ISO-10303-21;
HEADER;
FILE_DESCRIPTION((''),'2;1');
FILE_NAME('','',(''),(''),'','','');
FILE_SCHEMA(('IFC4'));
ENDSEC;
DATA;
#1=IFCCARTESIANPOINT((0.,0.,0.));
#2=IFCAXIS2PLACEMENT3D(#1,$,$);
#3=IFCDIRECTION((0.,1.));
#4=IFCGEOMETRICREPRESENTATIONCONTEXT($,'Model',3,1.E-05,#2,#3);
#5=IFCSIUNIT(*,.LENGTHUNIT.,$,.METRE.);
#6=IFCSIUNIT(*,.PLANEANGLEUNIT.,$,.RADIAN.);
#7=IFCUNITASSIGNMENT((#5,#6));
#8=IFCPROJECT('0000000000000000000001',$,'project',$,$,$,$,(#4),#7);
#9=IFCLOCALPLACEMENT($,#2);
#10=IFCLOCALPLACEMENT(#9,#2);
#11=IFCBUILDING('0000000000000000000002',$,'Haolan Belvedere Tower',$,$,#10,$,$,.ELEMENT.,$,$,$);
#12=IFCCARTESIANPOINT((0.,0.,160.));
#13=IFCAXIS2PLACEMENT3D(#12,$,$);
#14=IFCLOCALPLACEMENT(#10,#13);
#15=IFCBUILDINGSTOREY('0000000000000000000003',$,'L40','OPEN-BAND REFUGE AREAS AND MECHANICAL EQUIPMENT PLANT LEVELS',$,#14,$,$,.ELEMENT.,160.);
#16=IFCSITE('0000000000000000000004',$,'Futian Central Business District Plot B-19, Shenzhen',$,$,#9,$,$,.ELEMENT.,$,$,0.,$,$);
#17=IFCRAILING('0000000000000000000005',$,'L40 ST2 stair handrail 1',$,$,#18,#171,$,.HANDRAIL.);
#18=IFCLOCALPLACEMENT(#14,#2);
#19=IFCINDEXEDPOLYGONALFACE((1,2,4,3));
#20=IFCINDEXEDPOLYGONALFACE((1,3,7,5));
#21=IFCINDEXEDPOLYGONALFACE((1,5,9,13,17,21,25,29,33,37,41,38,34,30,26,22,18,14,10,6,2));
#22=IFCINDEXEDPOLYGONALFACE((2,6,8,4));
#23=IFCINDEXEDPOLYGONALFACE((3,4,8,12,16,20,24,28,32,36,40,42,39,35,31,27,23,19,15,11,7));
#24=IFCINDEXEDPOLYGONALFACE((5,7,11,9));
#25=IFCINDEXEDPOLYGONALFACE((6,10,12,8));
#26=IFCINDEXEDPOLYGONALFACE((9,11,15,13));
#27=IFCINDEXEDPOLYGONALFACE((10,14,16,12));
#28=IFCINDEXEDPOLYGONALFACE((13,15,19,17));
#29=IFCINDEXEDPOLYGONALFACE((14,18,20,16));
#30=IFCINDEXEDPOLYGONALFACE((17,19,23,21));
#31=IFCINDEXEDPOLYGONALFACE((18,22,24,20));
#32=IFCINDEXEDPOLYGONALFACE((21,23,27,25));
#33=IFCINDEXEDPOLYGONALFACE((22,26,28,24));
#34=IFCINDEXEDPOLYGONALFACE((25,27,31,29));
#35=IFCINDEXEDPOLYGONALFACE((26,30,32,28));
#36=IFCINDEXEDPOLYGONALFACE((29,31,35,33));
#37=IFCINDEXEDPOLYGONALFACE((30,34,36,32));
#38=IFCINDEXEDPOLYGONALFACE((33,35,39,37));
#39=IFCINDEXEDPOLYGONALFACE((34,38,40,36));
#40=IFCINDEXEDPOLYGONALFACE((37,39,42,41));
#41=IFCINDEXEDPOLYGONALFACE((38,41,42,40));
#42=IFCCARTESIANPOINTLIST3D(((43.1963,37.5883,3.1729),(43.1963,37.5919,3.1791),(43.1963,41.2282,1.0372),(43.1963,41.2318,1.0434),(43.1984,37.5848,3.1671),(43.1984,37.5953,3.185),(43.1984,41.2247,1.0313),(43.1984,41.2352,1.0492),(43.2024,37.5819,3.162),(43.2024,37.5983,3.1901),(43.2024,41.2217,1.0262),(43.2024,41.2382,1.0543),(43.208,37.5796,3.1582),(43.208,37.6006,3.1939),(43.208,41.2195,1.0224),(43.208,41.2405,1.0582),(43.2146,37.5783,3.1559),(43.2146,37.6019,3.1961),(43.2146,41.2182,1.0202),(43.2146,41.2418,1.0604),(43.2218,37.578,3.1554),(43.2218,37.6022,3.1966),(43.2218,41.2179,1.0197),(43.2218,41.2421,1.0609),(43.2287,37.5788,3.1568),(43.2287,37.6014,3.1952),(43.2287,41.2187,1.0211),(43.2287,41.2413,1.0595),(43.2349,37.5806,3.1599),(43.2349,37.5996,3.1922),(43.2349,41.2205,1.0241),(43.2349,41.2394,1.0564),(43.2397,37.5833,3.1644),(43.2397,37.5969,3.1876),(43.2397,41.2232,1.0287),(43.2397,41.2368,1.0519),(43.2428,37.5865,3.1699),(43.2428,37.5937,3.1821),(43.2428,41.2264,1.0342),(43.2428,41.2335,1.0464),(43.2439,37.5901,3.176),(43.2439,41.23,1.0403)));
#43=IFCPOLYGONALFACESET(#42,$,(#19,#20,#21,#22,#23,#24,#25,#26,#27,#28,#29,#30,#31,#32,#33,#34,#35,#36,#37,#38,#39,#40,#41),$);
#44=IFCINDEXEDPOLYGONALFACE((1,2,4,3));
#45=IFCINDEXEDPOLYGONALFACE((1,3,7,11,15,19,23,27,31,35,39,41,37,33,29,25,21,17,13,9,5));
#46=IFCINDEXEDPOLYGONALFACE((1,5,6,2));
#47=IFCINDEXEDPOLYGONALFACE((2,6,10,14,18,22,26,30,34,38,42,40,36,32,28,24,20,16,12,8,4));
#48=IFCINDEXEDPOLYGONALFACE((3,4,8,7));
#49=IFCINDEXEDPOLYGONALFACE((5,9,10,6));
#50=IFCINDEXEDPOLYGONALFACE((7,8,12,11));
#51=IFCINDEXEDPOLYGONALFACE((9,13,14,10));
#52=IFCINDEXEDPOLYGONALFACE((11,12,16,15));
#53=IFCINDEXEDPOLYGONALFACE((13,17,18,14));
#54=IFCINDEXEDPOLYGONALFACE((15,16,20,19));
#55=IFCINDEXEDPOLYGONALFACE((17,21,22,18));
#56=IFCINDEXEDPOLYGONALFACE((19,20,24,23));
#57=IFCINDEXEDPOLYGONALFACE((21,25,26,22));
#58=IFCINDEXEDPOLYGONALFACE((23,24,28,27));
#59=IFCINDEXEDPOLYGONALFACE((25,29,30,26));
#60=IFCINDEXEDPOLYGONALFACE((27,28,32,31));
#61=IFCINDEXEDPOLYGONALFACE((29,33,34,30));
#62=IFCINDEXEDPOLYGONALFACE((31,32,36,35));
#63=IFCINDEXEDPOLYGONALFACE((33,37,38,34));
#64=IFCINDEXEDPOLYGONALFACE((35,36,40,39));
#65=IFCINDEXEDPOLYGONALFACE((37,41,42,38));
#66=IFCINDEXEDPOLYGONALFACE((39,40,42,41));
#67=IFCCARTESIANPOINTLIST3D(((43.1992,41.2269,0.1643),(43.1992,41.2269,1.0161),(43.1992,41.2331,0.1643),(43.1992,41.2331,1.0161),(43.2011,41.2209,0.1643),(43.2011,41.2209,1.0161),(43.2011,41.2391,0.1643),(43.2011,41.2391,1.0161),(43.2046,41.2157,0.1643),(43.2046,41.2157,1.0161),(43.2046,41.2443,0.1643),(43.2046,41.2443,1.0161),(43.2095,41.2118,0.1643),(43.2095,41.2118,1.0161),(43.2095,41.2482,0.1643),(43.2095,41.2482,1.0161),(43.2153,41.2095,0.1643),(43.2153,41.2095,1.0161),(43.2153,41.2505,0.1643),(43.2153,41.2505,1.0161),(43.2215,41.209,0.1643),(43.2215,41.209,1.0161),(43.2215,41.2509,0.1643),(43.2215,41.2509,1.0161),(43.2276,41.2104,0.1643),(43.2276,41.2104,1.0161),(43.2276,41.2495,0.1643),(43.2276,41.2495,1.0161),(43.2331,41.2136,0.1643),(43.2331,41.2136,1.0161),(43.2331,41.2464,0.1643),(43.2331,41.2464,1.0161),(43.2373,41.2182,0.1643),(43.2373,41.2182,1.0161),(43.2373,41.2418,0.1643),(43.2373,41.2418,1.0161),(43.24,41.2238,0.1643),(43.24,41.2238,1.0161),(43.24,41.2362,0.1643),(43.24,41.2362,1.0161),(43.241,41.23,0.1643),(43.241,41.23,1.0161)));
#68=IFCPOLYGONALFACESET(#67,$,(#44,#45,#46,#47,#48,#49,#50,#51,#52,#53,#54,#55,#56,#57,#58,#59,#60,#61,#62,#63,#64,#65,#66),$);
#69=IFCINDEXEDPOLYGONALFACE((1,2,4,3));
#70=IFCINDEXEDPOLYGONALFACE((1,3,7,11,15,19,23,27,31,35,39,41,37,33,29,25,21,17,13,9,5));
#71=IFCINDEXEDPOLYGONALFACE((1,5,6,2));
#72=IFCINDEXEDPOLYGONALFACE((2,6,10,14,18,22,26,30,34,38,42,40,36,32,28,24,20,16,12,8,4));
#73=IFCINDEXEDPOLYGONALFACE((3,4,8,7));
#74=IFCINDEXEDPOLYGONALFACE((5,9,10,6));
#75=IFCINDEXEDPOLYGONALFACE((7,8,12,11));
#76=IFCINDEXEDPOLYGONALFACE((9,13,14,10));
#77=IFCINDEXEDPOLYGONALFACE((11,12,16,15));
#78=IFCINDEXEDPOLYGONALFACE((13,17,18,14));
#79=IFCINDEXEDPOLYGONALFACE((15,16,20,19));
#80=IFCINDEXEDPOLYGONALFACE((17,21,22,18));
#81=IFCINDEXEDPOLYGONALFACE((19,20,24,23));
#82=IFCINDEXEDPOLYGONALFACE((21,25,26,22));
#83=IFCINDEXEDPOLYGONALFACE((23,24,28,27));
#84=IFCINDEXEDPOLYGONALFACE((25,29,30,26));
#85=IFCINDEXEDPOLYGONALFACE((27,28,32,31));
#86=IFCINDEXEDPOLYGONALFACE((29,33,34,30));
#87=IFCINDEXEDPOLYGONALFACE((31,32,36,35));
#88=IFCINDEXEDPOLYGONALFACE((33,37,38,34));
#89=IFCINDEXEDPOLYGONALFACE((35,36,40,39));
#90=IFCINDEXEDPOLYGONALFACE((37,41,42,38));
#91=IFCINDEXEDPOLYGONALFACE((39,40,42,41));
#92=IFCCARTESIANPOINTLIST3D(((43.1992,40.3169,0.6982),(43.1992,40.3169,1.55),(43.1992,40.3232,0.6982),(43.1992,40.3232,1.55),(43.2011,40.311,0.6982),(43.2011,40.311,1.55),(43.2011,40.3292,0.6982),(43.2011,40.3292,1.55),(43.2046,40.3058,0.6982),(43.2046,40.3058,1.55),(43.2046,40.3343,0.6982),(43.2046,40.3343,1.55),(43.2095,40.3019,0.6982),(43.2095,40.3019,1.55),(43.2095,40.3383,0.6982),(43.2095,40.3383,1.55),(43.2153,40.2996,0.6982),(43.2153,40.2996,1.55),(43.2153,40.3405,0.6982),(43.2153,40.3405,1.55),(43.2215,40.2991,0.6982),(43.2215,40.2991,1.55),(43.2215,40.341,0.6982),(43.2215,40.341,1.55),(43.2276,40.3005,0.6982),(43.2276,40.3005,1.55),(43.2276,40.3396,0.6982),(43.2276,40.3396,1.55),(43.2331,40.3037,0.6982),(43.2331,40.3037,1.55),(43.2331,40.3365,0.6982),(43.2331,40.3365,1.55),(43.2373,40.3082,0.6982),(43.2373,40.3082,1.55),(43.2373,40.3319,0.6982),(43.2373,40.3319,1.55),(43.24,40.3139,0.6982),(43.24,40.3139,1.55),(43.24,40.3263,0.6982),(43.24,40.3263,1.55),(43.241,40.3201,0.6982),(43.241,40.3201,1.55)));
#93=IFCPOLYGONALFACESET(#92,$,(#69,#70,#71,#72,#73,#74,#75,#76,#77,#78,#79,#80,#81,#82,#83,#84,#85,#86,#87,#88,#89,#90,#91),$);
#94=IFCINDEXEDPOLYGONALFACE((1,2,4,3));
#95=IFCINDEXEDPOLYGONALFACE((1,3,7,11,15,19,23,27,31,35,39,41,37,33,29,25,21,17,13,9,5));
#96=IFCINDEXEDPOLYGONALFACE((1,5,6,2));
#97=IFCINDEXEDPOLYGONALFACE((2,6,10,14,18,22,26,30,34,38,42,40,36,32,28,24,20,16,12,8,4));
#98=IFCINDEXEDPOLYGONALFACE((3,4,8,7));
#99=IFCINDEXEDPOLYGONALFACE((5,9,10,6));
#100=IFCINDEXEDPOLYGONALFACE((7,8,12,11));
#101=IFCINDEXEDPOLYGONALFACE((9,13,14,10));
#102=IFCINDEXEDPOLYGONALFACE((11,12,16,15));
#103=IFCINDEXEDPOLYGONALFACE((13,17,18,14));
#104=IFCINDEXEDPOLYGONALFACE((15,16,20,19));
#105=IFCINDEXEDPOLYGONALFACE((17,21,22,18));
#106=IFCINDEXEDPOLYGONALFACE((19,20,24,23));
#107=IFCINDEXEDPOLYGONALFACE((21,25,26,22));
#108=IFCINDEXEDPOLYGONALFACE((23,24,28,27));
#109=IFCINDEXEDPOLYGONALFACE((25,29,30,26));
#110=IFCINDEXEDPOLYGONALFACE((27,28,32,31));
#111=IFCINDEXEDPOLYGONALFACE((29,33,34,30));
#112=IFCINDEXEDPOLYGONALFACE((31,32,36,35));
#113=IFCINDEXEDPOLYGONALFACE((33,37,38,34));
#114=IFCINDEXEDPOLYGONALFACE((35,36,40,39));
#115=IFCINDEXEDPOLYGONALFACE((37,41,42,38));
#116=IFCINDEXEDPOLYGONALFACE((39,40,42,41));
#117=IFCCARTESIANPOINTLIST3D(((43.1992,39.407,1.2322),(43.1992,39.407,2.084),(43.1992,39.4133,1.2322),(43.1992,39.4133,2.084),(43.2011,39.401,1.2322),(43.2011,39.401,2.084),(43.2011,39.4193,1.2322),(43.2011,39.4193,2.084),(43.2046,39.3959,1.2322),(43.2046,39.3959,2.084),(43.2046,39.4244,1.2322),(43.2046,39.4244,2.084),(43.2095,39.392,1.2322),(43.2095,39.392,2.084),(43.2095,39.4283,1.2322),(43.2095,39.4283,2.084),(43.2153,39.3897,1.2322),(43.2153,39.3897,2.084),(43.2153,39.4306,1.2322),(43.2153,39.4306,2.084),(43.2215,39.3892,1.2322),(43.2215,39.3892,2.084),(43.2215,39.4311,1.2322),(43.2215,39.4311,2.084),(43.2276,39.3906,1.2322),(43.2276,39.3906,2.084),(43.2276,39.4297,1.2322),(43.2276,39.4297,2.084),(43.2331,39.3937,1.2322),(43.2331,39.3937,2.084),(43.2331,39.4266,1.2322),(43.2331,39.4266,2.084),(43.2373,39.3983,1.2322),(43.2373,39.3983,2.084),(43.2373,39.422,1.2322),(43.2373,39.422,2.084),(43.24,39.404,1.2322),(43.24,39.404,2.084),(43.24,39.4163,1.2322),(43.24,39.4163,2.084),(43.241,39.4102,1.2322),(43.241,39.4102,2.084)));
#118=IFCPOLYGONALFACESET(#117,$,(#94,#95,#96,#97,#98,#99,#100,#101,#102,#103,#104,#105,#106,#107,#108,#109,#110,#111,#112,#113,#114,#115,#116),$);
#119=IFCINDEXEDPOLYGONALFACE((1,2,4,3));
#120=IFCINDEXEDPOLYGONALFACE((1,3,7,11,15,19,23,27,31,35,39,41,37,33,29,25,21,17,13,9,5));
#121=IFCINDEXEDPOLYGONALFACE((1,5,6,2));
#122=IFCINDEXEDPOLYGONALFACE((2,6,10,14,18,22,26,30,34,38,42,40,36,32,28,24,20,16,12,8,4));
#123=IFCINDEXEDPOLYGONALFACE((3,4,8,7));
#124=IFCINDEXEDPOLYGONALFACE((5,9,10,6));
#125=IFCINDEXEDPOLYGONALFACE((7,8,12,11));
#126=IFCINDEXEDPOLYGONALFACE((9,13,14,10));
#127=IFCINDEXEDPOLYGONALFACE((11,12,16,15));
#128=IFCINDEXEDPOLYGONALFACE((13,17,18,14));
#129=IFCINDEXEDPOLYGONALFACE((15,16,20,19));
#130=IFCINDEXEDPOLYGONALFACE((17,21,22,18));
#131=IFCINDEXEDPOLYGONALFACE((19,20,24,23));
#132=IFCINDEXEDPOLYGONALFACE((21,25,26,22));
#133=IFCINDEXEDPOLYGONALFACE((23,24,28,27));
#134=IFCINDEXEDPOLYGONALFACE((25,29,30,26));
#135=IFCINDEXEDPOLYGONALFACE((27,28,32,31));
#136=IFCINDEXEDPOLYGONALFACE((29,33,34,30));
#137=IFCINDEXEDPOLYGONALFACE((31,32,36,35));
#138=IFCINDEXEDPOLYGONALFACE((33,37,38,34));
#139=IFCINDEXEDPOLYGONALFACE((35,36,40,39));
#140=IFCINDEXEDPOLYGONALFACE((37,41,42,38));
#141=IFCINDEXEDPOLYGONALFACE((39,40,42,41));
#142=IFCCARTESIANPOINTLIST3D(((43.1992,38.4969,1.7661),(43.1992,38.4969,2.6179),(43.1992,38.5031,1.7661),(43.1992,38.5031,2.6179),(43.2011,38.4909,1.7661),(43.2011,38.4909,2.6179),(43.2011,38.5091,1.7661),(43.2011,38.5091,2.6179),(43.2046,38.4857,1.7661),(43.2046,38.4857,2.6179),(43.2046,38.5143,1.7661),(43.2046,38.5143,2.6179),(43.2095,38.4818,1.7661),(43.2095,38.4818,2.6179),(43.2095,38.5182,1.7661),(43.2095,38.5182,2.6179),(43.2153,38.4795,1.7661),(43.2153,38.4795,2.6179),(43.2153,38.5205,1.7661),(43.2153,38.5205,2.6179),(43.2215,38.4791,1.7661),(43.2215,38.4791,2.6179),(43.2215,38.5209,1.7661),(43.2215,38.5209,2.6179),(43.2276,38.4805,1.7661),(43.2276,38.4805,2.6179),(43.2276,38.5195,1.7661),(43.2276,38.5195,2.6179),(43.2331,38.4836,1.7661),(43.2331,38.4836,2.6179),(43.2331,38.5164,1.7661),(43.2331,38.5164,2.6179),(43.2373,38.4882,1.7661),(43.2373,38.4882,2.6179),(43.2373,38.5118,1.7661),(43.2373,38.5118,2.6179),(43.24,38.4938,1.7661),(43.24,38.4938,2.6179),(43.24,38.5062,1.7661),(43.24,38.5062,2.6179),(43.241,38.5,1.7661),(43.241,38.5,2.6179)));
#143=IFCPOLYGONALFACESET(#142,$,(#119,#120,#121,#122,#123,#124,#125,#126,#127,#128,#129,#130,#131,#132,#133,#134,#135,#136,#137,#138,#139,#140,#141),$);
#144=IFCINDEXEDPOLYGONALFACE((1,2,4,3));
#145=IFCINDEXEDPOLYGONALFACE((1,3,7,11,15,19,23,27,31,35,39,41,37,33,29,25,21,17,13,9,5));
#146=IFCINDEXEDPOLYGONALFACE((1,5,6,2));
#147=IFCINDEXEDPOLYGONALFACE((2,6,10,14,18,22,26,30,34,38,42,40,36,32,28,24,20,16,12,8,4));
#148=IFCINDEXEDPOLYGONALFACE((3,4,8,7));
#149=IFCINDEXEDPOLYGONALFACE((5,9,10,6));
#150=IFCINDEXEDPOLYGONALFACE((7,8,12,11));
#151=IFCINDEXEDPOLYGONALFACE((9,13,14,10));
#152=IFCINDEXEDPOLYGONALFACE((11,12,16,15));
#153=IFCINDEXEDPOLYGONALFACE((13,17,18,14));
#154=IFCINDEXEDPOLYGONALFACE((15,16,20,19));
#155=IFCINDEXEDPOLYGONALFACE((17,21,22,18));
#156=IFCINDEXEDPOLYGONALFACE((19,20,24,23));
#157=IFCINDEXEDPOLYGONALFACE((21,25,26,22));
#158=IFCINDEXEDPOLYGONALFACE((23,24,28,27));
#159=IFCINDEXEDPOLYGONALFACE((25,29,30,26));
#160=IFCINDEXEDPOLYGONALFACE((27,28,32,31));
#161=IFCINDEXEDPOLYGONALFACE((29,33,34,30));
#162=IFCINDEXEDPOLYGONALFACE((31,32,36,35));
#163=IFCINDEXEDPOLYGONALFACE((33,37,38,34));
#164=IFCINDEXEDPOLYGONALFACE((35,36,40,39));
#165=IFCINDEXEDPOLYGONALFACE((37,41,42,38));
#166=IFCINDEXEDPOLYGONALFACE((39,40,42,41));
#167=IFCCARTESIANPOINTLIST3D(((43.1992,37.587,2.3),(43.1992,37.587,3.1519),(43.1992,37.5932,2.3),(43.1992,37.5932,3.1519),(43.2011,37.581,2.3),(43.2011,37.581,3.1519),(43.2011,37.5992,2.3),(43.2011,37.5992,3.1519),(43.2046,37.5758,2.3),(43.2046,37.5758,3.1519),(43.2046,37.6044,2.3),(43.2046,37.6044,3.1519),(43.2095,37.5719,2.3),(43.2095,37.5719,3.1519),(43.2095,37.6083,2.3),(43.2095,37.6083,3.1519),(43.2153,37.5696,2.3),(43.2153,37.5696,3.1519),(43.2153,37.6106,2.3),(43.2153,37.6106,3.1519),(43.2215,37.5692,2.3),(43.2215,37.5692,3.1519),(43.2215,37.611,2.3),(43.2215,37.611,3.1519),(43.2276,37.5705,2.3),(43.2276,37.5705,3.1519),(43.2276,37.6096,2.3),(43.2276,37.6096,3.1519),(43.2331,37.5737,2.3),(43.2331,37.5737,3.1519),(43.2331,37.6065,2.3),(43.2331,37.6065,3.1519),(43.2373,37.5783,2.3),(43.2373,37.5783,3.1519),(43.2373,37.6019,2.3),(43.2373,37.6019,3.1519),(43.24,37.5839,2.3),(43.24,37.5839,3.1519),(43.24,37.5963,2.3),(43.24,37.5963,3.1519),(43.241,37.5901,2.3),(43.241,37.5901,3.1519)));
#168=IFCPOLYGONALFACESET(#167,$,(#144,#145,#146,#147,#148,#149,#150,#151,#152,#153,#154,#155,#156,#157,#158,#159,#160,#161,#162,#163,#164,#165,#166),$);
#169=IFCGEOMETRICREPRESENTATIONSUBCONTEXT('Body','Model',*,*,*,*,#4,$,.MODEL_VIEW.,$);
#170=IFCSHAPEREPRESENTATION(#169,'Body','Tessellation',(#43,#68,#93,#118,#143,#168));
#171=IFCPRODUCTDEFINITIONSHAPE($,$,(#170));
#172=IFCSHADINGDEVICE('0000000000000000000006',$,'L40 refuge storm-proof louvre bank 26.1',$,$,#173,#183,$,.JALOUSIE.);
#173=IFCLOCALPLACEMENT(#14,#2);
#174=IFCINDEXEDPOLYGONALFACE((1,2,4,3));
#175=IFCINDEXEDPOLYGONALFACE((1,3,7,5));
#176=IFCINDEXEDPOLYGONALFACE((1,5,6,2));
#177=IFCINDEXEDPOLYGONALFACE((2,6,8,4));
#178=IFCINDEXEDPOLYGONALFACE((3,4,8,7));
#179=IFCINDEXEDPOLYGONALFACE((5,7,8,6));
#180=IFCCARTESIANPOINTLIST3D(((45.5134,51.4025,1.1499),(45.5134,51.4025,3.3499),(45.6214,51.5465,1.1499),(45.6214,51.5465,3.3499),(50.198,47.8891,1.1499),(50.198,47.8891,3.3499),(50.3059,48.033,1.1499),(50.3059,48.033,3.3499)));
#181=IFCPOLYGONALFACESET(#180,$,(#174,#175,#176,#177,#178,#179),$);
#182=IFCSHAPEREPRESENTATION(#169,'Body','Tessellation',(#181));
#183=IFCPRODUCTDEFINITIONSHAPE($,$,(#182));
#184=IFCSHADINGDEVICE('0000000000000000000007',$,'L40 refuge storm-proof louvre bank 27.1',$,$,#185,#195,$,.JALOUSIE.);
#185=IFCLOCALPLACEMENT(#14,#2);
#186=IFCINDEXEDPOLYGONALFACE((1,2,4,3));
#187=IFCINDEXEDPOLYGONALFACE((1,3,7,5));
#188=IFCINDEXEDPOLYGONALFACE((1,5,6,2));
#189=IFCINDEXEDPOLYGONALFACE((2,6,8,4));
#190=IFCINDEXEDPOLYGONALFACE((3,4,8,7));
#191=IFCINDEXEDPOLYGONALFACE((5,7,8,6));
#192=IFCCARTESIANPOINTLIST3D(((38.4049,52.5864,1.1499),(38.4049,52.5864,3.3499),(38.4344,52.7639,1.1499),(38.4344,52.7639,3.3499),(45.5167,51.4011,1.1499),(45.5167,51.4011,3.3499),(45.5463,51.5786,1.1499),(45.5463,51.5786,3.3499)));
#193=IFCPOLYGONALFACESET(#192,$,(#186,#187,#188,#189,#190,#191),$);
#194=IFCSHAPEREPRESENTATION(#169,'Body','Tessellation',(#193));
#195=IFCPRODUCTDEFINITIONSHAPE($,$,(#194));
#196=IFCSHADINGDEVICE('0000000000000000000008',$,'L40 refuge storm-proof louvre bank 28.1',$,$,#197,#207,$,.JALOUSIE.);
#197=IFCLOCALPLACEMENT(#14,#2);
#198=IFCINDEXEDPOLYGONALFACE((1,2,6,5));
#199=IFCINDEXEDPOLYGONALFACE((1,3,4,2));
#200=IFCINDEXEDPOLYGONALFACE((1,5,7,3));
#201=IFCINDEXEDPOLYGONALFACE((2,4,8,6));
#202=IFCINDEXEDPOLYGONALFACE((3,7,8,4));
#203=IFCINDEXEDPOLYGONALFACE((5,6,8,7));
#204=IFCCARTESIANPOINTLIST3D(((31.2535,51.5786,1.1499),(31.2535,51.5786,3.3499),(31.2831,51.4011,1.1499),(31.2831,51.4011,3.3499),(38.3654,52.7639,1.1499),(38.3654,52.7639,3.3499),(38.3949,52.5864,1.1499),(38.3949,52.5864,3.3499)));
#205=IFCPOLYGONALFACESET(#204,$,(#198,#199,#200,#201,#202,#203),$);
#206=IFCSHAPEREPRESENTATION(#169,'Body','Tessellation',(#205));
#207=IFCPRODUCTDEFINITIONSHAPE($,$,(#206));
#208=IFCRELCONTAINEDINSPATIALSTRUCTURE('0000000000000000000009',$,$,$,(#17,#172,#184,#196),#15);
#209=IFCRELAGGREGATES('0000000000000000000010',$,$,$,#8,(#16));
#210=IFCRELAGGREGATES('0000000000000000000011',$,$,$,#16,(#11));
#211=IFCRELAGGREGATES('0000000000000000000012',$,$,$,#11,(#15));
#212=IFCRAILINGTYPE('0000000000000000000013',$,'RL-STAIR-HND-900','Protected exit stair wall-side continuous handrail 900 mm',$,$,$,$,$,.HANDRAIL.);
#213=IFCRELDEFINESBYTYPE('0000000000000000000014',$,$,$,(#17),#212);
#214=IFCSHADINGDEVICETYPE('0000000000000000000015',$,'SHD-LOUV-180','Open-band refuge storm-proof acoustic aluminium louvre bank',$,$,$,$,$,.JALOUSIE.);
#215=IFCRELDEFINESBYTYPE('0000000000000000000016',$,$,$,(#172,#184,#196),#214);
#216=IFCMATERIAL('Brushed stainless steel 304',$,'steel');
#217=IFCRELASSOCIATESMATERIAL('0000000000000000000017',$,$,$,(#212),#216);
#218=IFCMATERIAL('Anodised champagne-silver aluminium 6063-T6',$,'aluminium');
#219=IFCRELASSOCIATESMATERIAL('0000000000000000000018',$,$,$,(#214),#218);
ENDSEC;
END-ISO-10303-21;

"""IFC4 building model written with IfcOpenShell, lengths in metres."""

from ifc_helpers import new_model, si_unit, direction, frame, origin, origin_2d, place, context, subcontext, project, spatial, rectangle, circle, extrude, material, type_object, element, save


model = new_model("IFC4")

# Units and contexts
model_context = context("Model", 3, precision=1e-05, world=origin(), true_north=direction((0.0, 1.0)))
body_context = subcontext(model_context, "Body", "Model", "MODEL_VIEW")
ifc_project = project(units=[si_unit("LENGTHUNIT", "METRE"), si_unit("PLANEANGLEUNIT", "RADIAN")], contexts=[model_context])

# Site, building, storey
site_placement = place(None, origin())
site = spatial("IfcSite", under=ifc_project, at=site_placement, Name="Futian Central Business District Plot B-19, Shenzhen", CompositionType="ELEMENT", RefElevation=0.0)
building_placement = place(site_placement, origin())
building = spatial("IfcBuilding", under=site, at=building_placement, Name="Haolan Belvedere Tower", CompositionType="ELEMENT")
storey_placement = place(building_placement, frame((0.0, 0.0, 160.0)))
storey = spatial("IfcBuildingStorey", under=building, at=storey_placement, Name="L40", Description="OPEN-BAND REFUGE AREAS AND MECHANICAL EQUIPMENT PLANT LEVELS", CompositionType="ELEMENT", Elevation=160.0)

# Railing
ifc_material_1 = material(Name="Brushed stainless steel 304", Category="steel")
railing_type_1 = type_object("IfcRailingType", Name="RL-STAIR-HND-900", Description="Protected exit stair wall-side continuous handrail 900 mm", PredefinedType="HANDRAIL", material=ifc_material_1)
railing_1_placement = place(storey_placement, frame((43.22, 41.23, 0.1643)))
element("IfcRailing", 1, at=railing_1_placement, inside=storey, type_object=railing_type_1, Name="L40 ST2 stair handrail 1", PredefinedType="HANDRAIL", context=body_context, shape_type="SweptSolid", body=[
    extrude(circle(Radius=0.0239, at=origin_2d()), frame((0.0, 0.0, 0.876), z_axis=(0.0, -0.86249, 0.506074), x_axis=(1.0, 0.0, 0.0)), (0.0, 0.0, 1.0), 4.2202),
    extrude(circle(Radius=0.021, at=origin_2d()), origin(), (0.0, 0.0, 1.0), 0.8518),
    extrude(circle(Radius=0.021, at=origin_2d()), frame((0.0, -0.9099, 0.5339)), (0.0, 0.0, 1.0), 0.8518),
    extrude(circle(Radius=0.021, at=origin_2d()), frame((0.0, -1.8198, 1.0679)), (0.0, 0.0, 1.0), 0.8518),
    extrude(circle(Radius=0.021, at=origin_2d()), frame((0.0, -2.73, 1.6018)), (0.0, 0.0, 1.0), 0.8518),
    extrude(circle(Radius=0.021, at=origin_2d()), frame((0.0, -3.6399, 2.1357)), (0.0, 0.0, 1.0), 0.8518),
])

# Shading devices
ifc_material_2 = material(Name="Anodised champagne-silver aluminium 6063-T6", Category="aluminium")
shading_device_type = type_object("IfcShadingDeviceType", Name="SHD-LOUV-180", Description="Open-band refuge storm-proof acoustic aluminium louvre bank", PredefinedType="JALOUSIE", material=ifc_material_2)
shading_device_placement = place(storey_placement, frame((47.9097, 49.7178, 1.1499), z_axis=(0.0, 0.0, 1.0), x_axis=(-0.799999, 0.600001, 0.0)))
element("IfcShadingDevice", 2, at=shading_device_placement, inside=storey, type_object=shading_device_type, Name="L40 refuge storm-proof louvre bank 26.1", PredefinedType="JALOUSIE", context=body_context, shape_type="SweptSolid", body=[
    extrude(rectangle(XDim=5.8557, YDim=0.1799, at=origin_2d()), origin(), (0.0, 0.0, 1.0), 2.2),
])
for number, where, z_axis, x_axis, name in (
    (3, (41.9756, 52.0825, 1.1499), (0.0, 0.0, 1.0), (-0.986395, 0.164393, 0.0), "L40 refuge storm-proof louvre bank 27.1"),
    (4, (34.8242, 52.0825, 1.1499), (0.0, 0.0, 1.0), (-0.986395, -0.164393, 0.0), "L40 refuge storm-proof louvre bank 28.1"),
):
    element("IfcShadingDevice", number, at=place(storey_placement, frame(where, z_axis=z_axis, x_axis=x_axis)), inside=storey, type_object=shading_device_type, Name=name, PredefinedType="JALOUSIE", context=body_context, shape_type="SweptSolid", body=[
        extrude(rectangle(XDim=7.21, YDim=0.1799, at=origin_2d()), origin(), (0.0, 0.0, 1.0), 2.2),
    ])

save(model, "model.ifc")
